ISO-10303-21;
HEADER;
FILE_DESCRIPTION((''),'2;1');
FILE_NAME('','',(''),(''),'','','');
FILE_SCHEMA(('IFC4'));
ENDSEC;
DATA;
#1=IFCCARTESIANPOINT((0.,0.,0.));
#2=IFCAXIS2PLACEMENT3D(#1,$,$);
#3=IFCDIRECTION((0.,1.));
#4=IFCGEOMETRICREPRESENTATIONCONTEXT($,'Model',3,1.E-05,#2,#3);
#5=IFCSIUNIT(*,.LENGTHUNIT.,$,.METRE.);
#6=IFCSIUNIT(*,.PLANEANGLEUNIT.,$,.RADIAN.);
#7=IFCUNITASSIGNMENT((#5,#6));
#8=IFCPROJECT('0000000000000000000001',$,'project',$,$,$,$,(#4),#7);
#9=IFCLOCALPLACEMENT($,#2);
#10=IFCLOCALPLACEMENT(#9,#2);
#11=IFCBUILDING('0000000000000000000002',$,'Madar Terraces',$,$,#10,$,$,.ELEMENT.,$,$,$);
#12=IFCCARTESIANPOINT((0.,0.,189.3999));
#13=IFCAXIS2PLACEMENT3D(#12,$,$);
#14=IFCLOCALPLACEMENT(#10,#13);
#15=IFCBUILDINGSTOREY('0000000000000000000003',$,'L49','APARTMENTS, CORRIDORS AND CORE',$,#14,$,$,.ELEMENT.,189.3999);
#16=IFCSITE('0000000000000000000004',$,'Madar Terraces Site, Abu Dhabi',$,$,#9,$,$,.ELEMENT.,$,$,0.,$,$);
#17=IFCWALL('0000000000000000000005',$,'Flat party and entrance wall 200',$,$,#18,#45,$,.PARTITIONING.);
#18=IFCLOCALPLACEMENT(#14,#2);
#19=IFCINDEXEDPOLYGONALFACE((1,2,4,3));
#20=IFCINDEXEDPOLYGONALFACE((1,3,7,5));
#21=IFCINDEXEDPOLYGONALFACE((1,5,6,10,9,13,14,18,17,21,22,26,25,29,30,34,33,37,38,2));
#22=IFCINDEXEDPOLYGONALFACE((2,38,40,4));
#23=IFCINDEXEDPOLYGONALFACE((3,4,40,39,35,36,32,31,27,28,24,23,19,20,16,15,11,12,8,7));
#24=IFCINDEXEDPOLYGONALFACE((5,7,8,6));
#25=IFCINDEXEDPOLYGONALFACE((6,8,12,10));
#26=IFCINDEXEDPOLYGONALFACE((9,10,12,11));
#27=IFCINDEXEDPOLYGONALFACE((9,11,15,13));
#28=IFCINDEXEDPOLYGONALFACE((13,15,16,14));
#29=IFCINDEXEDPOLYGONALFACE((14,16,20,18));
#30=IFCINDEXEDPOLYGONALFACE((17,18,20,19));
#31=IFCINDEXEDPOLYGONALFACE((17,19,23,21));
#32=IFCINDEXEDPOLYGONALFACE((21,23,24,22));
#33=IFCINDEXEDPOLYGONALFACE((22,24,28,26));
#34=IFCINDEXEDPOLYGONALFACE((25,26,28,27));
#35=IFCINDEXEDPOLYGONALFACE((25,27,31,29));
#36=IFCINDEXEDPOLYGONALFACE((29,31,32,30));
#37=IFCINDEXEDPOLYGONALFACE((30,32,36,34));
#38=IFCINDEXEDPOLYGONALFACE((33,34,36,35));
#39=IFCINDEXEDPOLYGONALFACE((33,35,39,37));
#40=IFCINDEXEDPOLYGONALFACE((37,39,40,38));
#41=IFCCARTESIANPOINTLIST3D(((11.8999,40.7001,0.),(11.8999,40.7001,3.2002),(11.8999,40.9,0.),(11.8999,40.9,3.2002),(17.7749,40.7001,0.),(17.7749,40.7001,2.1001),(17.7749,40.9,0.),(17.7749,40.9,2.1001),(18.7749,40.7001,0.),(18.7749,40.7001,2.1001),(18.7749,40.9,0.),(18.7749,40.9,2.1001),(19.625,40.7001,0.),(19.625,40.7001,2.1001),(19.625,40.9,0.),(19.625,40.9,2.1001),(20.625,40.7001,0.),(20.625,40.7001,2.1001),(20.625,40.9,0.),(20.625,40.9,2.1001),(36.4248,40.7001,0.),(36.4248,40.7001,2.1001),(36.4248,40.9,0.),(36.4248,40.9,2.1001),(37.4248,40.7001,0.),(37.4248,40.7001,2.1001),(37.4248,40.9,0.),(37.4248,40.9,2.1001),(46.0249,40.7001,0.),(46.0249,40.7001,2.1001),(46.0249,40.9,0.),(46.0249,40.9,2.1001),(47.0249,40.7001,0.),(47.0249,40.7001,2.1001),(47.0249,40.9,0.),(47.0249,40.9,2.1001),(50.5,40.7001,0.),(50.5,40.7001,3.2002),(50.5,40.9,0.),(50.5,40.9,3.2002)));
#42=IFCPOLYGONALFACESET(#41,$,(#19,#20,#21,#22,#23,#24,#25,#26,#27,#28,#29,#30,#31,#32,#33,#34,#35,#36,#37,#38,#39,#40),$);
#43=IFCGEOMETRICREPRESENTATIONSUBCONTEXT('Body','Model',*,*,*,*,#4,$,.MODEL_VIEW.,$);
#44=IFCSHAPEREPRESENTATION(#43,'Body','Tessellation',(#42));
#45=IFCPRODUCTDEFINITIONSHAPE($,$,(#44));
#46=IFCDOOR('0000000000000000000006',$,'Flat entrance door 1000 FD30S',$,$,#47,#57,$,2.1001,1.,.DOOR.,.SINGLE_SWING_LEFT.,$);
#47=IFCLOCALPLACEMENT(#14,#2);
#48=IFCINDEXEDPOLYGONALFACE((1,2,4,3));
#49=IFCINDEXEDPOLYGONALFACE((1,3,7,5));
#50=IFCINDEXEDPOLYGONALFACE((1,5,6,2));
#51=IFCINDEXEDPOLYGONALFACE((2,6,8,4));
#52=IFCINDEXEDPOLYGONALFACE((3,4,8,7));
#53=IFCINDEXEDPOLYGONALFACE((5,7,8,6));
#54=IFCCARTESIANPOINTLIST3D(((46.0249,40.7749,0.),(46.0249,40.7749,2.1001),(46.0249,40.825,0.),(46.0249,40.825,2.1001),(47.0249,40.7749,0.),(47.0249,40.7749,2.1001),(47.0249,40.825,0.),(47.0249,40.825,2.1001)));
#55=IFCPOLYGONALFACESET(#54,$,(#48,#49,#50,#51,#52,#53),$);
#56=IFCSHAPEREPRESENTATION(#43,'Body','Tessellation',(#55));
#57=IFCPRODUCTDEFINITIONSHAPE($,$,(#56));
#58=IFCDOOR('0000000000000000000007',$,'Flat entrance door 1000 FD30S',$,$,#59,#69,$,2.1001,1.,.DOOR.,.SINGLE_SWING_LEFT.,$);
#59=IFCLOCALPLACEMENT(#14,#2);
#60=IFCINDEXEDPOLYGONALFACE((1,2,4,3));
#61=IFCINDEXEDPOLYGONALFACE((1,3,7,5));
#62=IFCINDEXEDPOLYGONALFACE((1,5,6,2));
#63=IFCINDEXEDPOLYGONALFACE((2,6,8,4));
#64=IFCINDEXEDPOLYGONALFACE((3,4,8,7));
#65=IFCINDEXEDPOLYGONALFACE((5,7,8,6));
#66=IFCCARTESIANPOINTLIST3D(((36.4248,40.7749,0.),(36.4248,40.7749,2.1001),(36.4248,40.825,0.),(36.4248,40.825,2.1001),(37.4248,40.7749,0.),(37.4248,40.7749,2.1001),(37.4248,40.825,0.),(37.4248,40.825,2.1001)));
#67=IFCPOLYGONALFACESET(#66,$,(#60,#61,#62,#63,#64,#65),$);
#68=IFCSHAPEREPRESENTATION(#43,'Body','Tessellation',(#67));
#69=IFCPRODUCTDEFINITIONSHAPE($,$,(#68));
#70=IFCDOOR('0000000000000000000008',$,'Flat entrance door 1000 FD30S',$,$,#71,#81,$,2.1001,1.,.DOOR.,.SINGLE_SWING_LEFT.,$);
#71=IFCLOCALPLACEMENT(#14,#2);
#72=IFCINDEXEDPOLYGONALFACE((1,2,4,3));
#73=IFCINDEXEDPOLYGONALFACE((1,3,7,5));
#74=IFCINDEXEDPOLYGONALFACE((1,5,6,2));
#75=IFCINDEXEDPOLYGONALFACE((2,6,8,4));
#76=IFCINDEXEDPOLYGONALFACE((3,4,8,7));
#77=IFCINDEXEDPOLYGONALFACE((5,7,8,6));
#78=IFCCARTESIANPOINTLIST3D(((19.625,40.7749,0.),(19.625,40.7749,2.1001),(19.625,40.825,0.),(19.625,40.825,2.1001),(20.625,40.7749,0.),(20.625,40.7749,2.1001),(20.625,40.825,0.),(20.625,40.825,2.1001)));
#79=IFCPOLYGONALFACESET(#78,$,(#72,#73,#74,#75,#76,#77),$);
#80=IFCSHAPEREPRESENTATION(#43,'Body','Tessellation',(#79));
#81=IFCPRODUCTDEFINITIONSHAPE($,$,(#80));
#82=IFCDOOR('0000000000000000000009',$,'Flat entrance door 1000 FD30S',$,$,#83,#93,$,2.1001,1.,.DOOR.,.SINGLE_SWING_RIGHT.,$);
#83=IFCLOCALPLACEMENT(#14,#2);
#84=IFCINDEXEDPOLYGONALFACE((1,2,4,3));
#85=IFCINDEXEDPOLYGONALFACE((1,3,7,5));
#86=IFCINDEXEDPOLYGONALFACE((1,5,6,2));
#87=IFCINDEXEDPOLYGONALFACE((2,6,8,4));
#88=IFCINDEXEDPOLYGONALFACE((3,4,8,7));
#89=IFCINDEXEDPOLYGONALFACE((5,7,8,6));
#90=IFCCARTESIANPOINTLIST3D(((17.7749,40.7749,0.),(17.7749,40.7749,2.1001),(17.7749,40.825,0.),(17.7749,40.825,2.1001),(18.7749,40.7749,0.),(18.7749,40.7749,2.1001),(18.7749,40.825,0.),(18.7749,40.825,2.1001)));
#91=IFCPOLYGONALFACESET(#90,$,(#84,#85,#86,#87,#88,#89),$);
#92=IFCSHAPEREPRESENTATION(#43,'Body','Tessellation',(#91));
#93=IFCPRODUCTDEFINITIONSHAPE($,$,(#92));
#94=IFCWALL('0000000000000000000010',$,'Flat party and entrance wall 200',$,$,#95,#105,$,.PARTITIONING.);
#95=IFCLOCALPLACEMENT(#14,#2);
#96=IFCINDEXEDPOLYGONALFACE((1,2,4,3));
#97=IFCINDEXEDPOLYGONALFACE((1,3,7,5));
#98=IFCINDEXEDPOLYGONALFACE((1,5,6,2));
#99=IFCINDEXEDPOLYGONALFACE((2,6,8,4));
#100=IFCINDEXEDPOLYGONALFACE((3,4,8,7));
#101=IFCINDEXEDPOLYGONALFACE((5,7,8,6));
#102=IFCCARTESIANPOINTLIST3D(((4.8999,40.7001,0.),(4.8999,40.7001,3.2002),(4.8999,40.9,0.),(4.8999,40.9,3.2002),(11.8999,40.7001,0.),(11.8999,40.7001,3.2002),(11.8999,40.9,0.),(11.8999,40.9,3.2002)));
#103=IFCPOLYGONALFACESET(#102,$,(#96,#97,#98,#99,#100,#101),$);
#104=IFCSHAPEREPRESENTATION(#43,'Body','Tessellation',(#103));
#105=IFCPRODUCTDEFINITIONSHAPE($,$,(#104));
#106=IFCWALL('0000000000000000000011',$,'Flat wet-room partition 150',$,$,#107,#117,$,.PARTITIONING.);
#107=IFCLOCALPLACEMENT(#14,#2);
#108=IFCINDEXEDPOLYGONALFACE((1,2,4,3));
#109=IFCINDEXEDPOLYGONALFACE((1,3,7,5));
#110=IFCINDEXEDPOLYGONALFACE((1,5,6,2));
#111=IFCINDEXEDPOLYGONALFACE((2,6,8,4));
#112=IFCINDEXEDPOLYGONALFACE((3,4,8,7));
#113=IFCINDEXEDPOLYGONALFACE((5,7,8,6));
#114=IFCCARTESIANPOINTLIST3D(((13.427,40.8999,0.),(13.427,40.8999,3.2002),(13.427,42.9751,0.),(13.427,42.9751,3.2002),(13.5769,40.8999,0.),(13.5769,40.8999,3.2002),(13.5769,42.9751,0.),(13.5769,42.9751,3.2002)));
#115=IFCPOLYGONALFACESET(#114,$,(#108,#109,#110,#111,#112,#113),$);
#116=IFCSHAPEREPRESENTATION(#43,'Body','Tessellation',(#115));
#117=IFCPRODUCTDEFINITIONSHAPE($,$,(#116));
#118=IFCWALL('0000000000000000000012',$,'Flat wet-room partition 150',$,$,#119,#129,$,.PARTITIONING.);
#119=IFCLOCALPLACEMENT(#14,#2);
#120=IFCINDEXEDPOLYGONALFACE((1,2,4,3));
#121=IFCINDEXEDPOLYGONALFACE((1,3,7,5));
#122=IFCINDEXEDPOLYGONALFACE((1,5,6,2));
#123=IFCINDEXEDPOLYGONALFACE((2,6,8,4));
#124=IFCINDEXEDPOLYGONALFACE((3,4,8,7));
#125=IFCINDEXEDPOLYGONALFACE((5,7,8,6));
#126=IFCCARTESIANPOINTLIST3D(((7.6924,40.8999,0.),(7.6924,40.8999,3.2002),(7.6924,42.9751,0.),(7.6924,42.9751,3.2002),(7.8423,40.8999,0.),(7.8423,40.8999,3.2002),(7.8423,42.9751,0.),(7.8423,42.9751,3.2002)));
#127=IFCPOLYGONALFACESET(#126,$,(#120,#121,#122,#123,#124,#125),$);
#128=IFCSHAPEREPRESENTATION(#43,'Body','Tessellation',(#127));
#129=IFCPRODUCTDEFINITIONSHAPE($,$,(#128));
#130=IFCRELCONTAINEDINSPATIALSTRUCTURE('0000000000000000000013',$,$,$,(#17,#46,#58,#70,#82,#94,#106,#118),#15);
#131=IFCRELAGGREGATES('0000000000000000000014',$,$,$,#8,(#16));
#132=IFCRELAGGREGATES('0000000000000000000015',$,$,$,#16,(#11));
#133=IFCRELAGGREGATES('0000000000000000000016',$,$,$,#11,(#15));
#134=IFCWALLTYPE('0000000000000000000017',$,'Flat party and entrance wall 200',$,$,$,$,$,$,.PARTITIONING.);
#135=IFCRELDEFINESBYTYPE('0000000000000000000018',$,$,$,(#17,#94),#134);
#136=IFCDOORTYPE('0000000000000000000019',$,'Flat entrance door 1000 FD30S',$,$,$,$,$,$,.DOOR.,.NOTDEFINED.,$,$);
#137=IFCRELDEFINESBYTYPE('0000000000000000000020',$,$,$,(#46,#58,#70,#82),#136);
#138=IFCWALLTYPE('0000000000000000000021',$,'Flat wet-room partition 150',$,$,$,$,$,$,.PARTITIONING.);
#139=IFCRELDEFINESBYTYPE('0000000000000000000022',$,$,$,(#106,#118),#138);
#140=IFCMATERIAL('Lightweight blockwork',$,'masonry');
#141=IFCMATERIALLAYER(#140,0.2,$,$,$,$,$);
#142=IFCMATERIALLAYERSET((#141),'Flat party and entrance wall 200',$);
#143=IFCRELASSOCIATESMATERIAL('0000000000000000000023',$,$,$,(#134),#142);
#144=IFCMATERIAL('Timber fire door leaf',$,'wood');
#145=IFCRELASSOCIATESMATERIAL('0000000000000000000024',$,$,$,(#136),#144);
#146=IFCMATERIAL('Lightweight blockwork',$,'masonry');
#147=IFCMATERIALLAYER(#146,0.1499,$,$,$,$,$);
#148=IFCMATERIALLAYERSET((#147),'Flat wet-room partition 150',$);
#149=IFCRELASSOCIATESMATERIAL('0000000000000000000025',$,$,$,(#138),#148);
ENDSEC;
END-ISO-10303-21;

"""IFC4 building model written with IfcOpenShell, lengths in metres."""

from ifc_helpers import new_model, si_unit, direction, frame, frame_2d, origin, place, context, subcontext, project, spatial, rectangle, extrude, material, layer, layer_set, type_object, element, fill, save


model = new_model("IFC4")

# Units and contexts
model_context = context("Model", 3, precision=1e-05, world=origin(), true_north=direction((0.0, 1.0)))
body_context = subcontext(model_context, "Body", "Model", "MODEL_VIEW")
ifc_project = project(units=[si_unit("LENGTHUNIT", "METRE"), si_unit("PLANEANGLEUNIT", "RADIAN")], contexts=[model_context])

# Site, building, storey
site_placement = place(None, origin())
site = spatial("IfcSite", under=ifc_project, at=site_placement, Name="Madar Terraces Site, Abu Dhabi", CompositionType="ELEMENT", RefElevation=0.0)
building_placement = place(site_placement, origin())
building = spatial("IfcBuilding", under=site, at=building_placement, Name="Madar Terraces", CompositionType="ELEMENT")
storey_placement = place(building_placement, frame((0.0, 0.0, 189.3999)))
storey = spatial("IfcBuildingStorey", under=building, at=storey_placement, Name="L49", Description="APARTMENTS, CORRIDORS AND CORE", CompositionType="ELEMENT", Elevation=189.3999)

# Wall, openings, doors
ifc_material_1 = material(Name="Lightweight blockwork", Category="masonry")
ifc_layer_1 = layer(ifc_material_1, 0.2)
ifc_layer_set_1 = layer_set([ifc_layer_1], Name="Flat party and entrance wall 200")
wall_type_1 = type_object("IfcWallType", Name="Flat party and entrance wall 200", PredefinedType="PARTITIONING", material=ifc_layer_set_1)
wall_1_placement = place(storey_placement, frame((11.8999, 40.8, 0.0), z_axis=(0.0, 0.0, 1.0), x_axis=(1.0, 0.0, 0.0)))
wall_1 = element("IfcWall", 1, at=wall_1_placement, inside=storey, type_object=wall_type_1, Name="Flat party and entrance wall 200", PredefinedType="PARTITIONING", context=body_context, shape_type="SweptSolid", body=[
    extrude(rectangle(XDim=38.6001, YDim=0.2, at=frame_2d((19.3, 0.0))), origin(), (0.0, 0.0, 1.0), 3.2002),
])
opening_1_placement = place(wall_1_placement, frame((34.125, 0.0, 0.0)))
opening_1 = element("IfcOpeningElement", 2, at=opening_1_placement, cuts=wall_1, PredefinedType="OPENING", context=body_context, shape_type="SweptSolid", body=[
    extrude(rectangle(XDim=1.0, YDim=2.1001, at=frame_2d((0.5, 1.05))), frame((0.0, 0.1099, 0.0), z_axis=(0.0, -1.0, 0.0), x_axis=(1.0, 0.0, 0.0)), (0.0, 0.0, 1.0), 0.22),
])
opening_2_placement = place(wall_1_placement, frame((24.5249, 0.0, 0.0)))
opening_2 = element("IfcOpeningElement", 3, at=opening_2_placement, cuts=wall_1, PredefinedType="OPENING", context=body_context, shape_type="SweptSolid", body=[
    extrude(rectangle(XDim=1.0, YDim=2.1001, at=frame_2d((0.5, 1.05))), frame((0.0, 0.1099, 0.0), z_axis=(0.0, -1.0, 0.0), x_axis=(1.0, 0.0, 0.0)), (0.0, 0.0, 1.0), 0.22),
])
opening_3_placement = place(wall_1_placement, frame((7.7251, 0.0, 0.0)))
opening_3 = element("IfcOpeningElement", 4, at=opening_3_placement, cuts=wall_1, PredefinedType="OPENING", context=body_context, shape_type="SweptSolid", body=[
    extrude(rectangle(XDim=1.0, YDim=2.1001, at=frame_2d((0.5, 1.05))), frame((0.0, 0.1099, 0.0), z_axis=(0.0, -1.0, 0.0), x_axis=(1.0, 0.0, 0.0)), (0.0, 0.0, 1.0), 0.22),
])
opening_4_placement = place(wall_1_placement, frame((5.875, 0.0, 0.0)))
opening_4 = element("IfcOpeningElement", 5, at=opening_4_placement, cuts=wall_1, PredefinedType="OPENING", context=body_context, shape_type="SweptSolid", body=[
    extrude(rectangle(XDim=1.0, YDim=2.1001, at=frame_2d((0.5, 1.05))), frame((0.0, 0.1099, 0.0), z_axis=(0.0, -1.0, 0.0), x_axis=(1.0, 0.0, 0.0)), (0.0, 0.0, 1.0), 0.22),
])
ifc_material_2 = material(Name="Timber fire door leaf", Category="wood")
door_type_1 = type_object("IfcDoorType", Name="Flat entrance door 1000 FD30S", OperationType="NOTDEFINED", PredefinedType="DOOR", material=ifc_material_2)
door_1_placement = place(opening_1_placement, origin())
door_1 = element("IfcDoor", 6, at=door_1_placement, inside=storey, type_object=door_type_1, Name="Flat entrance door 1000 FD30S", OperationType="SINGLE_SWING_LEFT", OverallHeight=2.1001, OverallWidth=1.0, PredefinedType="DOOR", context=body_context, shape_type="SweptSolid", body=[
    extrude(rectangle(XDim=1.0, YDim=2.1001, at=frame_2d((0.5, 1.05))), frame((0.0, 0.0249, 0.0), z_axis=(0.0, -1.0, 0.0), x_axis=(1.0, 0.0, 0.0)), (0.0, 0.0, 1.0), 0.05),
])
fill(opening_1, door_1)
door_2_placement = place(opening_2_placement, origin())
door_2 = element("IfcDoor", 7, at=door_2_placement, inside=storey, type_object=door_type_1, Name="Flat entrance door 1000 FD30S", OperationType="SINGLE_SWING_LEFT", OverallHeight=2.1001, OverallWidth=1.0, PredefinedType="DOOR", context=body_context, shape_type="SweptSolid", body=[
    extrude(rectangle(XDim=1.0, YDim=2.1001, at=frame_2d((0.5, 1.05))), frame((0.0, 0.0249, 0.0), z_axis=(0.0, -1.0, 0.0), x_axis=(1.0, 0.0, 0.0)), (0.0, 0.0, 1.0), 0.05),
])
fill(opening_2, door_2)
door_3_placement = place(opening_3_placement, origin())
door_3 = element("IfcDoor", 8, at=door_3_placement, inside=storey, type_object=door_type_1, Name="Flat entrance door 1000 FD30S", OperationType="SINGLE_SWING_LEFT", OverallHeight=2.1001, OverallWidth=1.0, PredefinedType="DOOR", context=body_context, shape_type="SweptSolid", body=[
    extrude(rectangle(XDim=1.0, YDim=2.1001, at=frame_2d((0.5, 1.05))), frame((0.0, 0.0249, 0.0), z_axis=(0.0, -1.0, 0.0), x_axis=(1.0, 0.0, 0.0)), (0.0, 0.0, 1.0), 0.05),
])
fill(opening_3, door_3)
door_4_placement = place(opening_4_placement, origin())
door_4 = element("IfcDoor", 9, at=door_4_placement, inside=storey, type_object=door_type_1, Name="Flat entrance door 1000 FD30S", OperationType="SINGLE_SWING_RIGHT", OverallHeight=2.1001, OverallWidth=1.0, PredefinedType="DOOR", context=body_context, shape_type="SweptSolid", body=[
    extrude(rectangle(XDim=1.0, YDim=2.1001, at=frame_2d((0.5, 1.05))), frame((0.0, 0.0249, 0.0), z_axis=(0.0, -1.0, 0.0), x_axis=(1.0, 0.0, 0.0)), (0.0, 0.0, 1.0), 0.05),
])
fill(opening_4, door_4)

# Walls
wall_2_placement = place(storey_placement, frame((4.8999, 40.8, 0.0), z_axis=(0.0, 0.0, 1.0), x_axis=(1.0, 0.0, 0.0)))
element("IfcWall", 10, at=wall_2_placement, inside=storey, type_object=wall_type_1, Name="Flat party and entrance wall 200", PredefinedType="PARTITIONING", context=body_context, shape_type="SweptSolid", body=[
    extrude(rectangle(XDim=7.0, YDim=0.2, at=frame_2d((3.5, 0.0))), origin(), (0.0, 0.0, 1.0), 3.2002),
])
ifc_material_3 = material(Name="Lightweight blockwork", Category="masonry")
ifc_layer_2 = layer(ifc_material_3, 0.1499)
ifc_layer_set_2 = layer_set([ifc_layer_2], Name="Flat wet-room partition 150")
wall_type_2 = type_object("IfcWallType", Name="Flat wet-room partition 150", PredefinedType="PARTITIONING", material=ifc_layer_set_2)
for number, where, z_axis, x_axis, name in (
    (11, (13.502, 40.8999, 0.0), (0.0, 0.0, 1.0), (0.0, 1.0, 0.0), "Flat wet-room partition 150"),
    (12, (7.7673, 40.8999, 0.0), (0.0, 0.0, 1.0), (0.0, 1.0, 0.0), "Flat wet-room partition 150"),
):
    element("IfcWall", number, at=place(storey_placement, frame(where, z_axis=z_axis, x_axis=x_axis)), inside=storey, type_object=wall_type_2, Name=name, PredefinedType="PARTITIONING", context=body_context, shape_type="SweptSolid", body=[
        extrude(rectangle(XDim=2.0752, YDim=0.1499, at=frame_2d((1.0376, 0.0))), origin(), (0.0, 0.0, 1.0), 3.2002),
    ])

save(model, "model.ifc")
